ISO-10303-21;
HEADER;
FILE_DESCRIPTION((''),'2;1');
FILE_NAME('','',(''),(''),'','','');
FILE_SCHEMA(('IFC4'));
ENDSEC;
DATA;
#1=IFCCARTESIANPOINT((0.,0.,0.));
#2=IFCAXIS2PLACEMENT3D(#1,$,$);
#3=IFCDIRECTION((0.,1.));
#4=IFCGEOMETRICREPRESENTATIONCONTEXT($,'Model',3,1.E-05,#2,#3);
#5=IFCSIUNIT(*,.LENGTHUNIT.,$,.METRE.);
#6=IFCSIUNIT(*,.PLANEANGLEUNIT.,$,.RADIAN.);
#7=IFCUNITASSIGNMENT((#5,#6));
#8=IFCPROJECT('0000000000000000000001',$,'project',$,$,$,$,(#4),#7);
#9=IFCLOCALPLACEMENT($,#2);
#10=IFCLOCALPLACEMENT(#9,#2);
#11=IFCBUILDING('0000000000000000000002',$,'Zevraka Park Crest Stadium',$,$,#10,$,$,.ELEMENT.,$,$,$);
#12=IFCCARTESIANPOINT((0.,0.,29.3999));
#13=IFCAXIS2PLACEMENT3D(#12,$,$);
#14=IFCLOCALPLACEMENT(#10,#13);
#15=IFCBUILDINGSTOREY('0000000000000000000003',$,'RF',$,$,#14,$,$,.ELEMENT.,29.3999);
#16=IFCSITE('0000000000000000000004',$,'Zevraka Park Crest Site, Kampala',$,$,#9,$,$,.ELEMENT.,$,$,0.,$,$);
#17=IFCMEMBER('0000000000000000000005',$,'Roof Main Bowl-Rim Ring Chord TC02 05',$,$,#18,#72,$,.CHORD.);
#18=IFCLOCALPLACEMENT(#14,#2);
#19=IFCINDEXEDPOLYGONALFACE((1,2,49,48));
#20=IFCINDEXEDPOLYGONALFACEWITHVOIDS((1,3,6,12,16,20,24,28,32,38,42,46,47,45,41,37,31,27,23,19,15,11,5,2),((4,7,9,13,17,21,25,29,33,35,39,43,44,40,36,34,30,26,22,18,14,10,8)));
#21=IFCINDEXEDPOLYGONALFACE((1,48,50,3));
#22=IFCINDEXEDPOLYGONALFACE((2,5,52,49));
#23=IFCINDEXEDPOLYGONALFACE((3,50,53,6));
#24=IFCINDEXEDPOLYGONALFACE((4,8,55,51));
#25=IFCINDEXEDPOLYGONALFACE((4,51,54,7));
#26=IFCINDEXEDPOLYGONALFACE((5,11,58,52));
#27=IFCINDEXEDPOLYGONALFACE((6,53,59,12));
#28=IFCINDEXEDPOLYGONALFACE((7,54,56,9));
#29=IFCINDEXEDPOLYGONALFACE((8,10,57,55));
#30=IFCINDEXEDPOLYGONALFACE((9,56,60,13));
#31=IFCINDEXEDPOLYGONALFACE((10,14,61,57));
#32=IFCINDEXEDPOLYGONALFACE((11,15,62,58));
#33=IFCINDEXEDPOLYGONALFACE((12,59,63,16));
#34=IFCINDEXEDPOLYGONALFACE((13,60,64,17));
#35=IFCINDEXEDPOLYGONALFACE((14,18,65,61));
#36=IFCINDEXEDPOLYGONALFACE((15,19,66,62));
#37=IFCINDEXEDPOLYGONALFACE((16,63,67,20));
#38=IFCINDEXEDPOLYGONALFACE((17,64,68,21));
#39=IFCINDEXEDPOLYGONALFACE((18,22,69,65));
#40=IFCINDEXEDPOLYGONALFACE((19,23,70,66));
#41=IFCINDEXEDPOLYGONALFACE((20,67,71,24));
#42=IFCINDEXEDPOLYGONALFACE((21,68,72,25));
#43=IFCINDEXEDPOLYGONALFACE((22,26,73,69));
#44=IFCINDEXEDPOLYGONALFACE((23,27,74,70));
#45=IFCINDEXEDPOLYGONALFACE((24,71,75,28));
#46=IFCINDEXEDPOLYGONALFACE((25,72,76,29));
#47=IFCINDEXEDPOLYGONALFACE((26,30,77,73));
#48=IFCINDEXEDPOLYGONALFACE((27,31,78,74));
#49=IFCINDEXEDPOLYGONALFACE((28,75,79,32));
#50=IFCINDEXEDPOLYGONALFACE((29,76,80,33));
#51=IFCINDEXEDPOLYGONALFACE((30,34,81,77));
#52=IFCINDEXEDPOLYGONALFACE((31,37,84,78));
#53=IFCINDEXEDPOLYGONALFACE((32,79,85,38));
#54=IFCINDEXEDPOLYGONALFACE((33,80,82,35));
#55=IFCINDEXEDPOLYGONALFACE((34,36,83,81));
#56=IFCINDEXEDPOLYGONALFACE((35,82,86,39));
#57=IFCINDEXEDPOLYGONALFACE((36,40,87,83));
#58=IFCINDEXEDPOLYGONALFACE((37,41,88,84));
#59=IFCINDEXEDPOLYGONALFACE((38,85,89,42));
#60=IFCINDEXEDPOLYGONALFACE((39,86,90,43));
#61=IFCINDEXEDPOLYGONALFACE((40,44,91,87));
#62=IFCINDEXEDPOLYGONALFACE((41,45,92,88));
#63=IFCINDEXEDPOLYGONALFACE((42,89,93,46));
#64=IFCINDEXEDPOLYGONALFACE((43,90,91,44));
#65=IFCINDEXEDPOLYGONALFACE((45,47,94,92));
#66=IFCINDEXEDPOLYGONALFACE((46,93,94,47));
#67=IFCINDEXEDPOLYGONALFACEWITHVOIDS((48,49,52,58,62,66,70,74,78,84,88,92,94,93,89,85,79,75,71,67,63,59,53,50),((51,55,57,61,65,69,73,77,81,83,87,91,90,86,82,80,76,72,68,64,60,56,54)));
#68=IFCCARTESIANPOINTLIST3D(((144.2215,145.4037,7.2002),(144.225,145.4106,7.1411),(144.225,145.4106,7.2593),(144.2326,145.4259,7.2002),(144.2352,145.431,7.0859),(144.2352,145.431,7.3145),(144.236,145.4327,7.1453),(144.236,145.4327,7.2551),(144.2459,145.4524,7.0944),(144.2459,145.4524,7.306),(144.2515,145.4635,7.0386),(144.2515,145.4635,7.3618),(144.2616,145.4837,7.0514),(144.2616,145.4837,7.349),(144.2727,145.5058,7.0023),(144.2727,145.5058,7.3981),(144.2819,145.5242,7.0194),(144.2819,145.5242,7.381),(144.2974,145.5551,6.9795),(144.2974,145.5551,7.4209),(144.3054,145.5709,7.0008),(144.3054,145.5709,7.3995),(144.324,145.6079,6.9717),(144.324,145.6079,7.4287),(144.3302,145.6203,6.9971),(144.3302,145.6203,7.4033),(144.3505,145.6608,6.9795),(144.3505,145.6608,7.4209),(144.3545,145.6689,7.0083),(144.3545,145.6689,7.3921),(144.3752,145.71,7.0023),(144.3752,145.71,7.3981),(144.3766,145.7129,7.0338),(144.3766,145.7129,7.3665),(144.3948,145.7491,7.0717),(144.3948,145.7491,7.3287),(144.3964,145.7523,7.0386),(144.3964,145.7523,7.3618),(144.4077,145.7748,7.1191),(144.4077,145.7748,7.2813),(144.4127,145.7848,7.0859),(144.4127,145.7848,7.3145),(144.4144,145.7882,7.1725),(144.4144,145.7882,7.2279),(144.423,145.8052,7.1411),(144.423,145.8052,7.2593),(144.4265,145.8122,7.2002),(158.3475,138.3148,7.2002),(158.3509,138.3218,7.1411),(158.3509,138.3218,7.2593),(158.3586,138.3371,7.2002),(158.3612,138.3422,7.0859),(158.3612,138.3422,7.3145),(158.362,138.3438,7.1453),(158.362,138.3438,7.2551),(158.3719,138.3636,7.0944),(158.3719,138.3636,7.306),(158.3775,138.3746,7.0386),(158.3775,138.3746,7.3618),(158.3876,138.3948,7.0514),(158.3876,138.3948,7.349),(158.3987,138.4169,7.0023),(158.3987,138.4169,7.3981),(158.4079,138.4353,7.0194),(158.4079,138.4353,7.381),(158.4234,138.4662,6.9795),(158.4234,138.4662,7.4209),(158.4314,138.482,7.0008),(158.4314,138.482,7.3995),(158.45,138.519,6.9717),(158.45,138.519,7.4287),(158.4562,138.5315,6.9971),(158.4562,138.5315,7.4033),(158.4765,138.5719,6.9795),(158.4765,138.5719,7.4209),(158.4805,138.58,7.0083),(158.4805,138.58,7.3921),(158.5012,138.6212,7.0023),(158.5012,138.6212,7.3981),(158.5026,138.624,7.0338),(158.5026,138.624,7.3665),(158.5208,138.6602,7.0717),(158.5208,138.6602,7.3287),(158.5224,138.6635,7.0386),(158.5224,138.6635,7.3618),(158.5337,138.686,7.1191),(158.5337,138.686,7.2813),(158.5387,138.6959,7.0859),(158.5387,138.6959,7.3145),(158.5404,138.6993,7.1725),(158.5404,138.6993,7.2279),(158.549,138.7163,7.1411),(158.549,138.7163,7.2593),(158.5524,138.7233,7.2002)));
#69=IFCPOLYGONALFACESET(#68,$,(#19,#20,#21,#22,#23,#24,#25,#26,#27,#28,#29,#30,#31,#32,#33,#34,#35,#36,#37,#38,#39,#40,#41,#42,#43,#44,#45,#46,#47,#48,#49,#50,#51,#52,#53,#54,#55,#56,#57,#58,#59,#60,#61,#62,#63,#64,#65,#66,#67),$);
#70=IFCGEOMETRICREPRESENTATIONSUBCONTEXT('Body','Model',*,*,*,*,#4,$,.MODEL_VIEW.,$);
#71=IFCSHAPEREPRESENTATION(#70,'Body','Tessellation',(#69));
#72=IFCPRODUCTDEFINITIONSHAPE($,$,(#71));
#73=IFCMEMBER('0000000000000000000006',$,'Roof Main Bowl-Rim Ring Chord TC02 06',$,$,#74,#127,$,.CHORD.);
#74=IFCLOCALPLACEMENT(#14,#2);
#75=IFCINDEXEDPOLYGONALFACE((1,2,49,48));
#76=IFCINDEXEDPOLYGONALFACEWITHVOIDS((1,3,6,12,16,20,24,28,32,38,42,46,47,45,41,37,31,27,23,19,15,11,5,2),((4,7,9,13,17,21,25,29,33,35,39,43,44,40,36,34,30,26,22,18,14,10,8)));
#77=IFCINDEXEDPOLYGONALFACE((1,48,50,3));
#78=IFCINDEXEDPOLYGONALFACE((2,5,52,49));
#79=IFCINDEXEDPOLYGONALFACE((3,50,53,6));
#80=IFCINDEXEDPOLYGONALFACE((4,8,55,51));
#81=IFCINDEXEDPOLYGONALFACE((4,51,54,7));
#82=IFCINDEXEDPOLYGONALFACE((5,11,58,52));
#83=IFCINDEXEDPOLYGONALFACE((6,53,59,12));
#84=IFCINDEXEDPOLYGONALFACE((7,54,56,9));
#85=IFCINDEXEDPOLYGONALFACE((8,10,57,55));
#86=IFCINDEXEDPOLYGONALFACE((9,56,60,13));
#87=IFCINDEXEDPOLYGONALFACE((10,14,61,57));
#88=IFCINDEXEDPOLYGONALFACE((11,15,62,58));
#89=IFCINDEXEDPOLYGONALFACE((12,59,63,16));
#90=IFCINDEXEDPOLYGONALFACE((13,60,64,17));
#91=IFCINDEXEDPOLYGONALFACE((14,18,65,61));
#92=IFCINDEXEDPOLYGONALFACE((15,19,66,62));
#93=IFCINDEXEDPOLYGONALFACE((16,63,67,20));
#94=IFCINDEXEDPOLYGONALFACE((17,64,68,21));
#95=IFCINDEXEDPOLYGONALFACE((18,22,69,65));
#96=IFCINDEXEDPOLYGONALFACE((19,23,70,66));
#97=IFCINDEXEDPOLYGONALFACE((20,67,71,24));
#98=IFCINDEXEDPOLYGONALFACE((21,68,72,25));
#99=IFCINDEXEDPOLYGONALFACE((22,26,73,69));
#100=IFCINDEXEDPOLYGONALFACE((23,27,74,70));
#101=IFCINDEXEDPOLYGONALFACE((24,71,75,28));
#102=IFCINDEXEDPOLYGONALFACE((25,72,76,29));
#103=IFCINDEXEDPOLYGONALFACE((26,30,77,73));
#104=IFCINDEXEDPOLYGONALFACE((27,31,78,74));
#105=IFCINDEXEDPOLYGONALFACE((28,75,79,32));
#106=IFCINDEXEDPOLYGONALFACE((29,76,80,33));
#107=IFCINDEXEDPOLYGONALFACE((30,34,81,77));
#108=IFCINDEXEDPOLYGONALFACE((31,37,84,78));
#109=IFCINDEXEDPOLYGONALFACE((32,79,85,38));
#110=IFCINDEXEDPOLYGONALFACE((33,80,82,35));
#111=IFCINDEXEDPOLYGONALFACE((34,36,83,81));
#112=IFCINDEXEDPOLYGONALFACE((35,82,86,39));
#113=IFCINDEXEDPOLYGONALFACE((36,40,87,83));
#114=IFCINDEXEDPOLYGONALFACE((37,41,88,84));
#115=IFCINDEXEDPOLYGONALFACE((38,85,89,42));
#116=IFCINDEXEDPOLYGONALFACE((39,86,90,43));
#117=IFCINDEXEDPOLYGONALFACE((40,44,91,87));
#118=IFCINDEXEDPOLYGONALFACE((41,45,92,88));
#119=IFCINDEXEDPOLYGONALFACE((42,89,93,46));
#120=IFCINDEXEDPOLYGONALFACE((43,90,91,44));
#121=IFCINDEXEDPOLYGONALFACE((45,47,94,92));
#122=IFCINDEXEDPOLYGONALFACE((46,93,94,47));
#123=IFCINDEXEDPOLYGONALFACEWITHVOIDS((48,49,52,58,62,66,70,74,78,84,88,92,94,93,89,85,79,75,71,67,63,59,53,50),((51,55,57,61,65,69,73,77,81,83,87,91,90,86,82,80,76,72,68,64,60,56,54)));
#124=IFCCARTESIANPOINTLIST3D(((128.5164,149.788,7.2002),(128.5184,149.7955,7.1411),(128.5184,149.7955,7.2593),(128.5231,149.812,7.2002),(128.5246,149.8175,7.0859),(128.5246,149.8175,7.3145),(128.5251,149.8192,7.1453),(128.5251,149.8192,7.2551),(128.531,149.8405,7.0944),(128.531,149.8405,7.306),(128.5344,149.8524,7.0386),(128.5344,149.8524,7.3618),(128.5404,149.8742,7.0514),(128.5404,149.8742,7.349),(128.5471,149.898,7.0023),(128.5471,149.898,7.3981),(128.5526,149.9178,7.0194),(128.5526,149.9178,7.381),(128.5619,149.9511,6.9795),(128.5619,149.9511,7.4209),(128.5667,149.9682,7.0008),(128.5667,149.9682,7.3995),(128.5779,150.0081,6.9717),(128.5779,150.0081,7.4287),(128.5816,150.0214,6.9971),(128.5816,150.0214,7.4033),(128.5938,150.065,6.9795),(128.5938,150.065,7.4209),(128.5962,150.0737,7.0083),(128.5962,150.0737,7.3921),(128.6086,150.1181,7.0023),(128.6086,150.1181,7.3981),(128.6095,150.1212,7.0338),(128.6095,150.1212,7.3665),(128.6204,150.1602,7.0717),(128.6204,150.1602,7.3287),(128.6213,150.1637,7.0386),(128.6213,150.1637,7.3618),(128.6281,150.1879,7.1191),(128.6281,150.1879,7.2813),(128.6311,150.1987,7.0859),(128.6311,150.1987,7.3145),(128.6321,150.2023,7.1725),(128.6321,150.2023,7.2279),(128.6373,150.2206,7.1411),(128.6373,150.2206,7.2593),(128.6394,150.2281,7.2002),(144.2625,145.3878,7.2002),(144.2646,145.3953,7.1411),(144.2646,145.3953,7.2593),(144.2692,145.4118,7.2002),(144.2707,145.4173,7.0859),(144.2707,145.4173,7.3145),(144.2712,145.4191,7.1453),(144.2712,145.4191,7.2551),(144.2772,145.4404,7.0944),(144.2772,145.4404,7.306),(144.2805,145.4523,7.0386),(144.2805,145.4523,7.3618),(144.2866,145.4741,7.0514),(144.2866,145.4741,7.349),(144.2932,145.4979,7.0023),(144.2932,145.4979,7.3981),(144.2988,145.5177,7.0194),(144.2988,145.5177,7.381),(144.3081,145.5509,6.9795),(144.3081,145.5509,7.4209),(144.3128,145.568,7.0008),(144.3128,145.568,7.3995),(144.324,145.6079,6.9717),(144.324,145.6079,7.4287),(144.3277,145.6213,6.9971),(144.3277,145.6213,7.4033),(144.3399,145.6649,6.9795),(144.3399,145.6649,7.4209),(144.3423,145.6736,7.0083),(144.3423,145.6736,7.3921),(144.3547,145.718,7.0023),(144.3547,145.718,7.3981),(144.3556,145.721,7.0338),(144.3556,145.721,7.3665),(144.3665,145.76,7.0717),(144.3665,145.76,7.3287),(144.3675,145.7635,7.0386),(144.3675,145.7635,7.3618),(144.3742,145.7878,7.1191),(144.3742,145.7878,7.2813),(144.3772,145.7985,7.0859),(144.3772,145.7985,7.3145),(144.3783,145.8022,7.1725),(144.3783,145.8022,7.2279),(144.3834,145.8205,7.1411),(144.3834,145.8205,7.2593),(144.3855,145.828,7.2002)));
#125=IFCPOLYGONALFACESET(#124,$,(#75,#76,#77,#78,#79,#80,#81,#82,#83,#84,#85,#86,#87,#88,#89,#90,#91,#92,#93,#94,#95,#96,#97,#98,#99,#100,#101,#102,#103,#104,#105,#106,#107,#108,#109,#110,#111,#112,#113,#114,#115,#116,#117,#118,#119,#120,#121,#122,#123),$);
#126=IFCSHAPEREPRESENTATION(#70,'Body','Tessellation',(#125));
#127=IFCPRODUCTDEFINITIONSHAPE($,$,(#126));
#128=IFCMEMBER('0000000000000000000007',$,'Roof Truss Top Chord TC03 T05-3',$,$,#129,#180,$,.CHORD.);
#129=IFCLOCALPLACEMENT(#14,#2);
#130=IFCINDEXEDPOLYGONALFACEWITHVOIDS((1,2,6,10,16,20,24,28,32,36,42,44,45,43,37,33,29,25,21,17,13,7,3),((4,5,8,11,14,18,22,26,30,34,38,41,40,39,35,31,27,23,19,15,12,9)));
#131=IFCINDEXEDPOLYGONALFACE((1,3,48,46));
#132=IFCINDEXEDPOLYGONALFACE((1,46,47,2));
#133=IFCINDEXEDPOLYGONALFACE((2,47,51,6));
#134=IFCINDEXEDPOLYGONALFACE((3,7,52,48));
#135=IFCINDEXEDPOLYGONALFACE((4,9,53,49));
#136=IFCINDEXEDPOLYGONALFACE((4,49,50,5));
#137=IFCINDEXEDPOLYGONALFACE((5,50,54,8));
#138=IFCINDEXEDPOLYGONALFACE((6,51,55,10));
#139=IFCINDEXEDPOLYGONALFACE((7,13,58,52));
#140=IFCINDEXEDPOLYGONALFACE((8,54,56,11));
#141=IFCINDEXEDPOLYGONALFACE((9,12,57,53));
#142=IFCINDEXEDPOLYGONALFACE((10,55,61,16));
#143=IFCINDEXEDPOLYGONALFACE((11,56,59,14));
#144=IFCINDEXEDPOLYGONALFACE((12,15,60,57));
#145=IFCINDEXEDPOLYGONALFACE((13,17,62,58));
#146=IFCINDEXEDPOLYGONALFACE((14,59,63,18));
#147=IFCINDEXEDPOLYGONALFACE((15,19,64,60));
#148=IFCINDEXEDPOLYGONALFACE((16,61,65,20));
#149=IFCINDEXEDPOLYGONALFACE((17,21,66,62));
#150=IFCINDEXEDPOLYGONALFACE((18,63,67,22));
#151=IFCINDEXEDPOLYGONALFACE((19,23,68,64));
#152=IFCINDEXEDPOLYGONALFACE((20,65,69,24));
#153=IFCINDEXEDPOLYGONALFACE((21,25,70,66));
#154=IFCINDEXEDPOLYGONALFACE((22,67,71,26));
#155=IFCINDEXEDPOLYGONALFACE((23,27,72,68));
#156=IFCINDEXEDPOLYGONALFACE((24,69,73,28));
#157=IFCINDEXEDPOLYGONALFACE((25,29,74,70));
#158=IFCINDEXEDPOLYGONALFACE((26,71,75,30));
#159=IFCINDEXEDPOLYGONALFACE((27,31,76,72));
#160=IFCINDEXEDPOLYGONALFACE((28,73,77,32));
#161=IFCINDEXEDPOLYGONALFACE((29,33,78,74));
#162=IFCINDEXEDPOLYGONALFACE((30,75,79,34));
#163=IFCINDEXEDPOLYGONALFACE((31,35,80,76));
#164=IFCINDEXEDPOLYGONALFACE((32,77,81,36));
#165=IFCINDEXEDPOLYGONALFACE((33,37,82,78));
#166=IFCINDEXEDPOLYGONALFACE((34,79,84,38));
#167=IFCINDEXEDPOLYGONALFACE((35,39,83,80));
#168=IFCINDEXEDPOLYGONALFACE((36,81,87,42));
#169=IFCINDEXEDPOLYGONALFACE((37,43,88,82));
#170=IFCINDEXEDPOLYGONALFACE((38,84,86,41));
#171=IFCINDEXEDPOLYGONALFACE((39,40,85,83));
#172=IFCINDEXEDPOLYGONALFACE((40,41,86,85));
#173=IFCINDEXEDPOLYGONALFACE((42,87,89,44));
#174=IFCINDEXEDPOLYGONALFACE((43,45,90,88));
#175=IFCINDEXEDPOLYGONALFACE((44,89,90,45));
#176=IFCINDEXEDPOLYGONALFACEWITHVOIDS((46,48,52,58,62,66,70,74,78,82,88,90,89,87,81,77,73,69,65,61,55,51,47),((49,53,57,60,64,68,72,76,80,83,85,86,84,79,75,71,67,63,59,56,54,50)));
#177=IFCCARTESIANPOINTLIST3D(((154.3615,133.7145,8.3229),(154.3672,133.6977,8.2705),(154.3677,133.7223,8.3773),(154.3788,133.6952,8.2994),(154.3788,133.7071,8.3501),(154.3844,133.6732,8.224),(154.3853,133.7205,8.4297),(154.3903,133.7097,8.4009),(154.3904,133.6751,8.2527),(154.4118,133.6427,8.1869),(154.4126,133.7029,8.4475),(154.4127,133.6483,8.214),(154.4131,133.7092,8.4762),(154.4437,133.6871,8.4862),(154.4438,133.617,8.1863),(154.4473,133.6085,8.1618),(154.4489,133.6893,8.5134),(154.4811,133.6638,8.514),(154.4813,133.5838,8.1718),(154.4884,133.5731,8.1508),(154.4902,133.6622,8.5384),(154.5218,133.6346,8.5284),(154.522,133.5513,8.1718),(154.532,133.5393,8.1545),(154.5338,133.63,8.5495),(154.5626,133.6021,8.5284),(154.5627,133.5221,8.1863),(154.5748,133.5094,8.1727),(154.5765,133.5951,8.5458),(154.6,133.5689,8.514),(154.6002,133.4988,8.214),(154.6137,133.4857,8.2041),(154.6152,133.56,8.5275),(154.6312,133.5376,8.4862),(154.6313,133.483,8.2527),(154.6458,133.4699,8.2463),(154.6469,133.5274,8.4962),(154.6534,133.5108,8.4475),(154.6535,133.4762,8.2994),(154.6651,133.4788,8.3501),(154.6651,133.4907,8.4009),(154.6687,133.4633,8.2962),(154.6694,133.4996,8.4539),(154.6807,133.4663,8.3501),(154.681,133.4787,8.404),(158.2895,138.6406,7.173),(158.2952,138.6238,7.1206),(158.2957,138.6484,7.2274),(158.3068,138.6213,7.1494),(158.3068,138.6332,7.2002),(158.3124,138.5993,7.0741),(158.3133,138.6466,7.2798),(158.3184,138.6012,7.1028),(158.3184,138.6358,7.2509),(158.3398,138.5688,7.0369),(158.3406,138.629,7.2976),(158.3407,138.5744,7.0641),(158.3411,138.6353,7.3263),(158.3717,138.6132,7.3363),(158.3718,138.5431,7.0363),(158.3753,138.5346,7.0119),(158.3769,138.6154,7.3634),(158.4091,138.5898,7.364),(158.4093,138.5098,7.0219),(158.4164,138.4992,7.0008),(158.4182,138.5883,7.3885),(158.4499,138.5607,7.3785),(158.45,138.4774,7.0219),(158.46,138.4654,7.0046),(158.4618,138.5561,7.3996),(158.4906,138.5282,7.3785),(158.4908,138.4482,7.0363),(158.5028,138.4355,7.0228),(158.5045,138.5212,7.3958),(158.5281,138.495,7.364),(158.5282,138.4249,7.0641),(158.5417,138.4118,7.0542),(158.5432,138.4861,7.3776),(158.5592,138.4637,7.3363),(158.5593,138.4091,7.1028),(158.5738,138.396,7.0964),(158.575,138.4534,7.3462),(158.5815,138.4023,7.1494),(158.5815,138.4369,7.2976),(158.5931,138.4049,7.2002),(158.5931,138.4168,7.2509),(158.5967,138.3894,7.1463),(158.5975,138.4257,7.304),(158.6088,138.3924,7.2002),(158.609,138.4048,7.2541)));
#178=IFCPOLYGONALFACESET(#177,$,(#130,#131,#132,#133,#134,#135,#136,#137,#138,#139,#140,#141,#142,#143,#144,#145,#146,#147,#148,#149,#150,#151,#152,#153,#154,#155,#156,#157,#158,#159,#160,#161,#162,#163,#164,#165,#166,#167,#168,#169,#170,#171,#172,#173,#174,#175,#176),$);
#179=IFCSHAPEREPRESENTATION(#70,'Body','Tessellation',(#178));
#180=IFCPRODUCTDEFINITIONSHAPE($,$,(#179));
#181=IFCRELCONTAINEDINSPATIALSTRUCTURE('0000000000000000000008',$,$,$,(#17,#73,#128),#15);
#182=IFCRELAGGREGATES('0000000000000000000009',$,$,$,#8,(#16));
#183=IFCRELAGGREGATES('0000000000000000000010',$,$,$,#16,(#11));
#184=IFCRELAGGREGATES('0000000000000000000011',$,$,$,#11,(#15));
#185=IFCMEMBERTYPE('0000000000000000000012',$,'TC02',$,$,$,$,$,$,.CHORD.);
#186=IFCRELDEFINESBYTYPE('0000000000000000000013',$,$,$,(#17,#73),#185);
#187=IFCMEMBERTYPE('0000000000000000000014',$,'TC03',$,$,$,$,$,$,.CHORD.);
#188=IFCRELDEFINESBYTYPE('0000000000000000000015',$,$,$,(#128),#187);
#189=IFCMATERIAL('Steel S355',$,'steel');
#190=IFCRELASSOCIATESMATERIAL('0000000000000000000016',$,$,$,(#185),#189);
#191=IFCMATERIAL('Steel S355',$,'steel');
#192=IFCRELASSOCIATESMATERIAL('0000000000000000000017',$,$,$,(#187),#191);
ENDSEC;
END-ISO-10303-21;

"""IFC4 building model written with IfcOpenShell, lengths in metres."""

from ifc_helpers import new_model, si_unit, direction, frame, origin, origin_2d, place, context, subcontext, project, spatial, hollow_circle, extrude, material, material_profile, profile_set, type_object, element, save


model = new_model("IFC4")

# Units and contexts
model_context = context("Model", 3, precision=1e-05, world=origin(), true_north=direction((0.0, 1.0)))
body_context = subcontext(model_context, "Body", "Model", "MODEL_VIEW")
ifc_project = project(units=[si_unit("LENGTHUNIT", "METRE"), si_unit("PLANEANGLEUNIT", "RADIAN")], contexts=[model_context])

# Site, building, storey
site_placement = place(None, origin())
site = spatial("IfcSite", under=ifc_project, at=site_placement, Name="Zevraka Park Crest Site, Kampala", CompositionType="ELEMENT", RefElevation=0.0)
building_placement = place(site_placement, origin())
building = spatial("IfcBuilding", under=site, at=building_placement, Name="Zevraka Park Crest Stadium", CompositionType="ELEMENT")
storey_placement = place(building_placement, frame((0.0, 0.0, 29.3999)))
storey = spatial("IfcBuildingStorey", under=building, at=storey_placement, Name="RF", CompositionType="ELEMENT", Elevation=29.3999)

# Members
ifc_material_1 = material(Name="Steel S355", Category="steel")
ifc_material_profile_1 = material_profile(ifc_material_1, hollow_circle(Radius=0.2285, WallThickness=0.0249, at=origin_2d()), Name="CHS 457.0x25")
ifc_profile_set_1 = profile_set([ifc_material_profile_1], Name="Steel S355")
member_type_1 = type_object("IfcMemberType", Name="TC02", PredefinedType="CHORD", material=ifc_profile_set_1)
member_1_placement = place(storey_placement, frame((158.45, 138.519, 7.2002), z_axis=(-0.893771, 0.448523, 0.0), x_axis=(-0.448523, -0.893771, 0.0)))
element("IfcMember", 1, at=member_1_placement, inside=storey, type_object=member_type_1, Name="Roof Main Bowl-Rim Ring Chord TC02 05", PredefinedType="CHORD", context=body_context, shape_type="SweptSolid", body=[
    extrude(hollow_circle(Radius=0.2285, WallThickness=0.0249, at=origin_2d()), origin(), (0.0, 0.0, 1.0), 15.8049),
])
member_2_placement = place(storey_placement, frame((144.324, 145.6079, 7.2002), z_axis=(-0.963103, 0.269133, 0.0), x_axis=(-0.269133, -0.963103, 0.0)))
element("IfcMember", 2, at=member_2_placement, inside=storey, type_object=member_type_1, Name="Roof Main Bowl-Rim Ring Chord TC02 06", PredefinedType="CHORD", context=body_context, shape_type="SweptSolid", body=[
    extrude(hollow_circle(Radius=0.2285, WallThickness=0.0249, at=origin_2d()), origin(), (0.0, 0.0, 1.0), 16.3494),
])
ifc_material_2 = material(Name="Steel S355", Category="steel")
ifc_material_profile_2 = material_profile(ifc_material_2, hollow_circle(Radius=0.2031, WallThickness=0.02, at=origin_2d()), Name="CHS 406.4x20")
ifc_profile_set_2 = profile_set([ifc_material_profile_2], Name="Steel S355")
member_type_2 = type_object("IfcMemberType", Name="TC03", PredefinedType="CHORD", material=ifc_profile_set_2)
member_3_placement = place(storey_placement, frame((158.45, 138.519, 7.2002), z_axis=(-0.61332, -0.769156, 0.179547), x_axis=(0.781862, -0.623451, 0.0)))
element("IfcMember", 3, at=member_3_placement, inside=storey, type_object=member_type_2, Name="Roof Truss Top Chord TC03 T05-3", PredefinedType="CHORD", context=body_context, shape_type="SweptSolid", body=[
    extrude(hollow_circle(Radius=0.2031, WallThickness=0.02, at=origin_2d()), origin(), (0.0, 0.0, 1.0), 6.4045),
])

save(model, "model.ifc")
